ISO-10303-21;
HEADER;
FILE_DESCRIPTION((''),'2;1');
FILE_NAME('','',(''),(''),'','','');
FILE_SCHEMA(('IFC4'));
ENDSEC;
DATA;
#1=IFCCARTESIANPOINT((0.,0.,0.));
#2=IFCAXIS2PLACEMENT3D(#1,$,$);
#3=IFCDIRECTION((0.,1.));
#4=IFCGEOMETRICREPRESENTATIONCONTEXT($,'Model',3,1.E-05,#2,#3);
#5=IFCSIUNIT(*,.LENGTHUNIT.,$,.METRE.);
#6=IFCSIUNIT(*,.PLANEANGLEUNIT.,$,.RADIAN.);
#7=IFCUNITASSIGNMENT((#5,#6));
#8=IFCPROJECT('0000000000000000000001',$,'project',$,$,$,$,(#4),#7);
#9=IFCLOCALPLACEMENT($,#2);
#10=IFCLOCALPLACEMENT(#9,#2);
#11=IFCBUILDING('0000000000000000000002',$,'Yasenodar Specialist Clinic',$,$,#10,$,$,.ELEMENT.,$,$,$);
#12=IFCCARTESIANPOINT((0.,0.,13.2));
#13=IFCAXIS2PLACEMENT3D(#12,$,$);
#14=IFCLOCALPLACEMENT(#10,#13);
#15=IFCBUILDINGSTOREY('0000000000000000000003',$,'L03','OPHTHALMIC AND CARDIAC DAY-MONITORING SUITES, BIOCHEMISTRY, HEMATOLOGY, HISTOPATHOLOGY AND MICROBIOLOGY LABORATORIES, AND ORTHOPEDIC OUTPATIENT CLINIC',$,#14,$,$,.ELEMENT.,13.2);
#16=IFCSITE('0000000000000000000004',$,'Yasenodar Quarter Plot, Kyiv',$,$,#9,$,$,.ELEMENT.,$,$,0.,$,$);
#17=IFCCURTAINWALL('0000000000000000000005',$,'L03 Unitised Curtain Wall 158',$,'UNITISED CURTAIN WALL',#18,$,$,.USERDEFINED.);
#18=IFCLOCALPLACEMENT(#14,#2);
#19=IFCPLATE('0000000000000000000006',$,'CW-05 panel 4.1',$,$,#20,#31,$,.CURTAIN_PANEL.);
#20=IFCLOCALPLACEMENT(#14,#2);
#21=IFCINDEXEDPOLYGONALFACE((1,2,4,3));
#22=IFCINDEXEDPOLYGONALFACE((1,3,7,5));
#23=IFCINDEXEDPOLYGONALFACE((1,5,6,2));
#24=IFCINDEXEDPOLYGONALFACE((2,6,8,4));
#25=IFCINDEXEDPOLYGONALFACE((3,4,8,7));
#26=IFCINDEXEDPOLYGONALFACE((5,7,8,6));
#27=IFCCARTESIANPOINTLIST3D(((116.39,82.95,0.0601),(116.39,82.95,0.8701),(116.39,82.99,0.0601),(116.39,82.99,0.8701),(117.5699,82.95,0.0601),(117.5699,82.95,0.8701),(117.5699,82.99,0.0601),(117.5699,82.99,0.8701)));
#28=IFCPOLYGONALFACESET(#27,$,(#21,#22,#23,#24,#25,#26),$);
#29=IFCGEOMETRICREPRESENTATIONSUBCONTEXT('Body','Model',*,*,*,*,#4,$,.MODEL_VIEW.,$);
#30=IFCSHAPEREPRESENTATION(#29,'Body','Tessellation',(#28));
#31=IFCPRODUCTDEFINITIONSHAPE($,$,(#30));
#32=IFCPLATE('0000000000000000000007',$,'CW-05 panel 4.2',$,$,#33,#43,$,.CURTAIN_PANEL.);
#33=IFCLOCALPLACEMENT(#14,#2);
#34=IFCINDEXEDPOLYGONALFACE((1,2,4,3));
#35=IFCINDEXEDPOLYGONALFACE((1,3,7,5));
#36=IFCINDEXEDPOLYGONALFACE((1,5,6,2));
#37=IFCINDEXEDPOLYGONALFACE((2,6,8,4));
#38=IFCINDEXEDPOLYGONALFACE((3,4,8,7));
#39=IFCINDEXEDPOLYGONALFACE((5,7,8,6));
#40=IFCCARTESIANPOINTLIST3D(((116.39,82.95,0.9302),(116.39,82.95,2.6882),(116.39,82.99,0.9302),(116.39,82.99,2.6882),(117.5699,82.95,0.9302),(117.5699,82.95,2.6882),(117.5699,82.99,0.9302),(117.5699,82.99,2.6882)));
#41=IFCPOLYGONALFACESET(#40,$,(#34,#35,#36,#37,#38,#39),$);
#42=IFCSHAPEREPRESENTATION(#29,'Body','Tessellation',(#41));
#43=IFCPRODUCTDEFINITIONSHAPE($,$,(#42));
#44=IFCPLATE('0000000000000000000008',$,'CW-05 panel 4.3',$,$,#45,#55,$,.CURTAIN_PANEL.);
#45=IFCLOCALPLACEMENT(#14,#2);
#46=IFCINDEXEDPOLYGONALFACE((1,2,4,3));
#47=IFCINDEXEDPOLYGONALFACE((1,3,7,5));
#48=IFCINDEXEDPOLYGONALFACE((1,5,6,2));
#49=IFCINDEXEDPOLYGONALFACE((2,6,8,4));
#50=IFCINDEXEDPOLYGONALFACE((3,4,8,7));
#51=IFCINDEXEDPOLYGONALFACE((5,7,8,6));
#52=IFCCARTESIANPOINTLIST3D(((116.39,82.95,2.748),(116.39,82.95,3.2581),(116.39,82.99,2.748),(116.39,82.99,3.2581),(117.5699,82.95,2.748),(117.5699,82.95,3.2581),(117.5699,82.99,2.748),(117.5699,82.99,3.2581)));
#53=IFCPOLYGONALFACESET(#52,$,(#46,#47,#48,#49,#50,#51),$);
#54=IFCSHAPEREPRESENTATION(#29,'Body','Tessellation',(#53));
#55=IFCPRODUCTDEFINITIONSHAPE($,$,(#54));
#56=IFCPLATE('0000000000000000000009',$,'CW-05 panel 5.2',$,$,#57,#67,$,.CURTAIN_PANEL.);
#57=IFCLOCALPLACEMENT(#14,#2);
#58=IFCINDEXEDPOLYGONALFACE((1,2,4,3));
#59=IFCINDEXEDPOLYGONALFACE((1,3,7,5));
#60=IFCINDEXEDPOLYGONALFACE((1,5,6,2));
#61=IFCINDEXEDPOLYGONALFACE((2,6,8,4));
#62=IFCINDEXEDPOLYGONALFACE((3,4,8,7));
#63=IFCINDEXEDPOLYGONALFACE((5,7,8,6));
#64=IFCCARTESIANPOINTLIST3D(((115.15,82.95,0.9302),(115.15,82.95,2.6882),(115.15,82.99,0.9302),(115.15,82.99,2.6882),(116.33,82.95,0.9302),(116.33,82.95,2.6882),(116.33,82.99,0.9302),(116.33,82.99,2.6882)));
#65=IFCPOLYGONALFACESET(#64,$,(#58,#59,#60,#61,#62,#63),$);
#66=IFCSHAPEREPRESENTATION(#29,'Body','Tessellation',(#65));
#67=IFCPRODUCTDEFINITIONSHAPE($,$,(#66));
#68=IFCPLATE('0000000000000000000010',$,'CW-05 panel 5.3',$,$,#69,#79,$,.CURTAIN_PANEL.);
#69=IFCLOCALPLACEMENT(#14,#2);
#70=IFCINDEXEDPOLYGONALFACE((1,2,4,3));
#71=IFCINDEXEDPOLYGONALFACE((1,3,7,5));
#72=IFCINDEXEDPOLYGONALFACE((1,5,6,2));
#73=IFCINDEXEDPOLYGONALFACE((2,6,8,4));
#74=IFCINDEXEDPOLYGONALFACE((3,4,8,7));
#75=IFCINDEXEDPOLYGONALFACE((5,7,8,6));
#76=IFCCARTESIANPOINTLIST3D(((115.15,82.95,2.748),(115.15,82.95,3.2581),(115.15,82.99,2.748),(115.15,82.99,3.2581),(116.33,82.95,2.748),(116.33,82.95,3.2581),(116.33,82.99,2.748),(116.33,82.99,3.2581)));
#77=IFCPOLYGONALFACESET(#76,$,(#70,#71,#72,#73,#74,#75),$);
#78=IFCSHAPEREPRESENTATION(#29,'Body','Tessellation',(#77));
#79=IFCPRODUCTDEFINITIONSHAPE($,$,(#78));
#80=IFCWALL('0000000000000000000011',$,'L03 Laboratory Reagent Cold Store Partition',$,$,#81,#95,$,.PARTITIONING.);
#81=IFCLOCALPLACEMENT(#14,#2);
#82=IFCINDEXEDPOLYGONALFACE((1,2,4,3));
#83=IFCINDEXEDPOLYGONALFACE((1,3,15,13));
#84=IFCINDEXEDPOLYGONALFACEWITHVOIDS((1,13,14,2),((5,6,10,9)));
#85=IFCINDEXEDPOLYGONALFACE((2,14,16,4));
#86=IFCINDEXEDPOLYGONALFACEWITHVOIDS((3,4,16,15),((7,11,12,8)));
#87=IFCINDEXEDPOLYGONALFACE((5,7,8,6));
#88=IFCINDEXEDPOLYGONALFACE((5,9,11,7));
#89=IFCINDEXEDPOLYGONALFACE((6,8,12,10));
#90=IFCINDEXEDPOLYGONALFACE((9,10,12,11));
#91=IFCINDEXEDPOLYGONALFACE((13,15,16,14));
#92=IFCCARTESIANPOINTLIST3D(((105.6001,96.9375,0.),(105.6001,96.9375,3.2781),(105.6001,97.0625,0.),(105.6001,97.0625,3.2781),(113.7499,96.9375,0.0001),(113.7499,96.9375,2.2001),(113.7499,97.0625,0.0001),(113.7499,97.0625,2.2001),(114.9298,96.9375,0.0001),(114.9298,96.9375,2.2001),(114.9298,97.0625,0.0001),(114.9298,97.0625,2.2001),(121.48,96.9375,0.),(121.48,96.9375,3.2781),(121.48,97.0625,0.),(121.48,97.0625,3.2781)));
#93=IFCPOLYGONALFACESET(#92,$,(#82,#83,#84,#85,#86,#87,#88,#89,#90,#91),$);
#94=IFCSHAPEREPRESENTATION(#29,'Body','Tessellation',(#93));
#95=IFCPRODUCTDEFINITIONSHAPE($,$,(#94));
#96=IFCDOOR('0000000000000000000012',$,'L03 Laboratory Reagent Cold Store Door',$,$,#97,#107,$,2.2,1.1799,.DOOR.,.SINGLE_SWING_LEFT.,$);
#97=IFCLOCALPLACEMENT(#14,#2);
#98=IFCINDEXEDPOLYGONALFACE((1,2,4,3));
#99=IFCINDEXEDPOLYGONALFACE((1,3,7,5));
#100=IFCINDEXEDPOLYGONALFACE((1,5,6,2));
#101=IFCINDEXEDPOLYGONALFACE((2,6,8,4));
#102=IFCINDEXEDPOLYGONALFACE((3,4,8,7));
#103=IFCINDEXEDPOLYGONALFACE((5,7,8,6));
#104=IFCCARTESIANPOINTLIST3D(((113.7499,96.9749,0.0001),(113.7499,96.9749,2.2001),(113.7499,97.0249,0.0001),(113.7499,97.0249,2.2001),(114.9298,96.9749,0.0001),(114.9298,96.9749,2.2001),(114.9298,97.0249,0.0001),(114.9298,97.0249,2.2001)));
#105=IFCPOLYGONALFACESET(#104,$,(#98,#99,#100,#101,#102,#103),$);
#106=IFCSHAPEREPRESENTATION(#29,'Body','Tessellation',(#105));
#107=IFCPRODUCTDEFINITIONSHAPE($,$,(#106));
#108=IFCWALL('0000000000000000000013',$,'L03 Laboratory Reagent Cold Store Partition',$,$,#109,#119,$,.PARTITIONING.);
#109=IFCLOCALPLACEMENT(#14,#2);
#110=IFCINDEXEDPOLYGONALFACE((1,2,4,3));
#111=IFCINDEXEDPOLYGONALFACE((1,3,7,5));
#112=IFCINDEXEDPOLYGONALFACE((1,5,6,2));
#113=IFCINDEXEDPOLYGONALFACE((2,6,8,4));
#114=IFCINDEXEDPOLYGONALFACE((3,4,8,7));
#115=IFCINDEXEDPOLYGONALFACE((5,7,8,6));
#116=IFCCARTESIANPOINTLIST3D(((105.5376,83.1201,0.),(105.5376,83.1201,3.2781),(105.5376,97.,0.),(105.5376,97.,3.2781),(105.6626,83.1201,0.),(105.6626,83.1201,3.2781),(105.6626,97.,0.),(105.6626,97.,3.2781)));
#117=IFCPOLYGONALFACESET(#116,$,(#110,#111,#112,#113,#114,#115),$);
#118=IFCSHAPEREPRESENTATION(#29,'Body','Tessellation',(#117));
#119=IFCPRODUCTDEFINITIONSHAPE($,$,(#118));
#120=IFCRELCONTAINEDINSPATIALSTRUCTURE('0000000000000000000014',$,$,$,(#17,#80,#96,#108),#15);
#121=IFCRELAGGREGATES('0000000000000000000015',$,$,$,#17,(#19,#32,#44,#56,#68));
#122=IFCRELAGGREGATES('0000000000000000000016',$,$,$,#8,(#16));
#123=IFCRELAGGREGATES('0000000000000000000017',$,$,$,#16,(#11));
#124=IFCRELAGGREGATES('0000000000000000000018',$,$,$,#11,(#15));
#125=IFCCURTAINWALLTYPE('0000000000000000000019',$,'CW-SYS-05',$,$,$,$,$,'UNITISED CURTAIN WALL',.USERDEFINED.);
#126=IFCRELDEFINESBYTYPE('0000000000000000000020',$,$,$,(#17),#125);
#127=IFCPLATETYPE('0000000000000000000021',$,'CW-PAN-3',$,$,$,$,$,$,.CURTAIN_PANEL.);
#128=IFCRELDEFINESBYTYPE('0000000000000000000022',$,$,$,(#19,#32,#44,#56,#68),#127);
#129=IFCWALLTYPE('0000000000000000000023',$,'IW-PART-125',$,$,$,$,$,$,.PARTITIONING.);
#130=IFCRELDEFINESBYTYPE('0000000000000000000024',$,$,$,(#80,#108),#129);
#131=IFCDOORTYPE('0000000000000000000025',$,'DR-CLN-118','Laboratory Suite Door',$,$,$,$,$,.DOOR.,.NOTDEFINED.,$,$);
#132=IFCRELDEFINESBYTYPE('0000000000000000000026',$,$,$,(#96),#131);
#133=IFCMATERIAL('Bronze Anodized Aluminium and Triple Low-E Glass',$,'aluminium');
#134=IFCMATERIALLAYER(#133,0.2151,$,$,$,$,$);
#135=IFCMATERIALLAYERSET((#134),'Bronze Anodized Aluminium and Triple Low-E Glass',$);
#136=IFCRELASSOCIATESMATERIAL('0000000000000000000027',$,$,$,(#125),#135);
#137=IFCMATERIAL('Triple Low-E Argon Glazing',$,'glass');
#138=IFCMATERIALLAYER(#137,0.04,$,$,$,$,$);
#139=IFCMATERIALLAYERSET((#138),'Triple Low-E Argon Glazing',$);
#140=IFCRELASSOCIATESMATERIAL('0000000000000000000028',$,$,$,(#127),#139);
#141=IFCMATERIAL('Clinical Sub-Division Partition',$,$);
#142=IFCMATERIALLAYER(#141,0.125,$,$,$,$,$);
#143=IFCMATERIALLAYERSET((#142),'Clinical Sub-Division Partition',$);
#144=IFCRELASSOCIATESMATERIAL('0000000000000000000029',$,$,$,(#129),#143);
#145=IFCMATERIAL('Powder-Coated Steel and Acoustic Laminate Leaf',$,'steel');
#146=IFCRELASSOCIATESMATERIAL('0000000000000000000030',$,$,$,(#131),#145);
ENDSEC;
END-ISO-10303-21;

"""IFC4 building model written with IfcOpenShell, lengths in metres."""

from ifc_helpers import new_model, si_unit, direction, frame, frame_2d, origin, origin_2d, place, context, subcontext, project, spatial, rectangle, extrude, material, layer, layer_set, type_object, element, fill, aggregate, save


model = new_model("IFC4")

# Units and contexts
model_context = context("Model", 3, precision=1e-05, world=origin(), true_north=direction((0.0, 1.0)))
body_context = subcontext(model_context, "Body", "Model", "MODEL_VIEW")
ifc_project = project(units=[si_unit("LENGTHUNIT", "METRE"), si_unit("PLANEANGLEUNIT", "RADIAN")], contexts=[model_context])

# Site, building, storey
site_placement = place(None, origin())
site = spatial("IfcSite", under=ifc_project, at=site_placement, Name="Yasenodar Quarter Plot, Kyiv", CompositionType="ELEMENT", RefElevation=0.0)
building_placement = place(site_placement, origin())
building = spatial("IfcBuilding", under=site, at=building_placement, Name="Yasenodar Specialist Clinic", CompositionType="ELEMENT")
storey_placement = place(building_placement, frame((0.0, 0.0, 13.2)))
storey = spatial("IfcBuildingStorey", under=building, at=storey_placement, Name="L03", Description="OPHTHALMIC AND CARDIAC DAY-MONITORING SUITES, BIOCHEMISTRY, HEMATOLOGY, HISTOPATHOLOGY AND MICROBIOLOGY LABORATORIES, AND ORTHOPEDIC OUTPATIENT CLINIC", CompositionType="ELEMENT", Elevation=13.2)

# Curtain wall
ifc_material_1 = material(Name="Bronze Anodized Aluminium and Triple Low-E Glass", Category="aluminium")
ifc_layer_1 = layer(ifc_material_1, 0.2151)
ifc_layer_set_1 = layer_set([ifc_layer_1], Name="Bronze Anodized Aluminium and Triple Low-E Glass")
curtain_wall_type = type_object("IfcCurtainWallType", Name="CW-SYS-05", ElementType="UNITISED CURTAIN WALL", PredefinedType="USERDEFINED", material=ifc_layer_set_1)
curtain_wall_placement = place(storey_placement, origin())
curtain_wall = element("IfcCurtainWall", 1, at=curtain_wall_placement, inside=storey, type_object=curtain_wall_type, Name="L03 Unitised Curtain Wall 158", ObjectType="UNITISED CURTAIN WALL", PredefinedType="USERDEFINED")

# Plates
ifc_material_2 = material(Name="Triple Low-E Argon Glazing", Category="glass")
ifc_layer_2 = layer(ifc_material_2, 0.04)
ifc_layer_set_2 = layer_set([ifc_layer_2], Name="Triple Low-E Argon Glazing")
plate_type = type_object("IfcPlateType", Name="CW-PAN-3", PredefinedType="CURTAIN_PANEL", material=ifc_layer_set_2)
plate_1_placement = place(storey_placement, frame((116.98, 82.97, 0.0601), z_axis=(0.0, 0.0, 1.0), x_axis=(-1.0, 0.0, 0.0)))
plate_1 = element("IfcPlate", 2, at=plate_1_placement, type_object=plate_type, Name="CW-05 panel 4.1", PredefinedType="CURTAIN_PANEL", context=body_context, shape_type="SweptSolid", body=[
    extrude(rectangle(XDim=1.1799, YDim=0.04, at=origin_2d()), origin(), (0.0, 0.0, 1.0), 0.8101),
])
plate_2_placement = place(storey_placement, frame((116.98, 82.97, 0.9302), z_axis=(0.0, 0.0, 1.0), x_axis=(-1.0, 0.0, 0.0)))
plate_2 = element("IfcPlate", 3, at=plate_2_placement, type_object=plate_type, Name="CW-05 panel 4.2", PredefinedType="CURTAIN_PANEL", context=body_context, shape_type="SweptSolid", body=[
    extrude(rectangle(XDim=1.1799, YDim=0.04, at=origin_2d()), origin(), (0.0, 0.0, 1.0), 1.7581),
])
plate_3_placement = place(storey_placement, frame((116.98, 82.97, 2.748), z_axis=(0.0, 0.0, 1.0), x_axis=(-1.0, 0.0, 0.0)))
plate_3 = element("IfcPlate", 4, at=plate_3_placement, type_object=plate_type, Name="CW-05 panel 4.3", PredefinedType="CURTAIN_PANEL", context=body_context, shape_type="SweptSolid", body=[
    extrude(rectangle(XDim=1.1799, YDim=0.04, at=origin_2d()), origin(), (0.0, 0.0, 1.0), 0.51),
])
plate_4_placement = place(storey_placement, frame((115.74, 82.97, 0.9302), z_axis=(0.0, 0.0, 1.0), x_axis=(-1.0, 0.0, 0.0)))
plate_4 = element("IfcPlate", 5, at=plate_4_placement, type_object=plate_type, Name="CW-05 panel 5.2", PredefinedType="CURTAIN_PANEL", context=body_context, shape_type="SweptSolid", body=[
    extrude(rectangle(XDim=1.1799, YDim=0.04, at=origin_2d()), origin(), (0.0, 0.0, 1.0), 1.7581),
])
plate_5_placement = place(storey_placement, frame((115.74, 82.97, 2.748), z_axis=(0.0, 0.0, 1.0), x_axis=(-1.0, 0.0, 0.0)))
plate_5 = element("IfcPlate", 6, at=plate_5_placement, type_object=plate_type, Name="CW-05 panel 5.3", PredefinedType="CURTAIN_PANEL", context=body_context, shape_type="SweptSolid", body=[
    extrude(rectangle(XDim=1.1799, YDim=0.04, at=origin_2d()), origin(), (0.0, 0.0, 1.0), 0.51),
])
aggregate(curtain_wall, [plate_1, plate_2, plate_3, plate_4, plate_5])

# Wall, opening, door
ifc_material_3 = material(Name="Clinical Sub-Division Partition")
ifc_layer_3 = layer(ifc_material_3, 0.125)
ifc_layer_set_3 = layer_set([ifc_layer_3], Name="Clinical Sub-Division Partition")
wall_type = type_object("IfcWallType", Name="IW-PART-125", PredefinedType="PARTITIONING", material=ifc_layer_set_3)
wall_1_placement = place(storey_placement, frame((105.6001, 97.0, 0.0), z_axis=(0.0, 0.0, 1.0), x_axis=(1.0, 0.0, 0.0)))
wall_1 = element("IfcWall", 7, at=wall_1_placement, inside=storey, type_object=wall_type, Name="L03 Laboratory Reagent Cold Store Partition", PredefinedType="PARTITIONING", context=body_context, shape_type="SweptSolid", body=[
    extrude(rectangle(XDim=15.8799, YDim=0.125, at=frame_2d((7.9399, 0.0))), origin(), (0.0, 0.0, 1.0), 3.2781),
])
opening_placement = place(wall_1_placement, frame((8.1499, 0.0, 0.0)))
opening = element("IfcOpeningElement", 8, at=opening_placement, cuts=wall_1, PredefinedType="OPENING", context=body_context, shape_type="SweptSolid", body=[
    extrude(rectangle(XDim=1.1799, YDim=2.2, at=frame_2d((0.5898, 1.1001))), frame((0.0, 0.0725, 0.0), z_axis=(0.0, -1.0, 0.0), x_axis=(1.0, 0.0, 0.0)), (0.0, 0.0, 1.0), 0.145),
])
ifc_material_4 = material(Name="Powder-Coated Steel and Acoustic Laminate Leaf", Category="steel")
door_type = type_object("IfcDoorType", Name="DR-CLN-118", Description="Laboratory Suite Door", OperationType="NOTDEFINED", PredefinedType="DOOR", material=ifc_material_4)
door_placement = place(opening_placement, origin())
door = element("IfcDoor", 9, at=door_placement, inside=storey, type_object=door_type, Name="L03 Laboratory Reagent Cold Store Door", OperationType="SINGLE_SWING_LEFT", OverallHeight=2.2, OverallWidth=1.1799, PredefinedType="DOOR", context=body_context, shape_type="SweptSolid", body=[
    extrude(rectangle(XDim=1.1799, YDim=2.2, at=frame_2d((0.5898, 1.1001))), frame((0.0, 0.0249, 0.0), z_axis=(0.0, -1.0, 0.0), x_axis=(1.0, 0.0, 0.0)), (0.0, 0.0, 1.0), 0.05),
])
fill(opening, door)

# Wall
wall_2_placement = place(storey_placement, frame((105.6001, 83.1201, 0.0), z_axis=(0.0, 0.0, 1.0), x_axis=(0.0, 1.0, 0.0)))
element("IfcWall", 10, at=wall_2_placement, inside=storey, type_object=wall_type, Name="L03 Laboratory Reagent Cold Store Partition", PredefinedType="PARTITIONING", context=body_context, shape_type="SweptSolid", body=[
    extrude(rectangle(XDim=13.8799, YDim=0.125, at=frame_2d((6.9399, 0.0))), origin(), (0.0, 0.0, 1.0), 3.2781),
])

save(model, "model.ifc")
